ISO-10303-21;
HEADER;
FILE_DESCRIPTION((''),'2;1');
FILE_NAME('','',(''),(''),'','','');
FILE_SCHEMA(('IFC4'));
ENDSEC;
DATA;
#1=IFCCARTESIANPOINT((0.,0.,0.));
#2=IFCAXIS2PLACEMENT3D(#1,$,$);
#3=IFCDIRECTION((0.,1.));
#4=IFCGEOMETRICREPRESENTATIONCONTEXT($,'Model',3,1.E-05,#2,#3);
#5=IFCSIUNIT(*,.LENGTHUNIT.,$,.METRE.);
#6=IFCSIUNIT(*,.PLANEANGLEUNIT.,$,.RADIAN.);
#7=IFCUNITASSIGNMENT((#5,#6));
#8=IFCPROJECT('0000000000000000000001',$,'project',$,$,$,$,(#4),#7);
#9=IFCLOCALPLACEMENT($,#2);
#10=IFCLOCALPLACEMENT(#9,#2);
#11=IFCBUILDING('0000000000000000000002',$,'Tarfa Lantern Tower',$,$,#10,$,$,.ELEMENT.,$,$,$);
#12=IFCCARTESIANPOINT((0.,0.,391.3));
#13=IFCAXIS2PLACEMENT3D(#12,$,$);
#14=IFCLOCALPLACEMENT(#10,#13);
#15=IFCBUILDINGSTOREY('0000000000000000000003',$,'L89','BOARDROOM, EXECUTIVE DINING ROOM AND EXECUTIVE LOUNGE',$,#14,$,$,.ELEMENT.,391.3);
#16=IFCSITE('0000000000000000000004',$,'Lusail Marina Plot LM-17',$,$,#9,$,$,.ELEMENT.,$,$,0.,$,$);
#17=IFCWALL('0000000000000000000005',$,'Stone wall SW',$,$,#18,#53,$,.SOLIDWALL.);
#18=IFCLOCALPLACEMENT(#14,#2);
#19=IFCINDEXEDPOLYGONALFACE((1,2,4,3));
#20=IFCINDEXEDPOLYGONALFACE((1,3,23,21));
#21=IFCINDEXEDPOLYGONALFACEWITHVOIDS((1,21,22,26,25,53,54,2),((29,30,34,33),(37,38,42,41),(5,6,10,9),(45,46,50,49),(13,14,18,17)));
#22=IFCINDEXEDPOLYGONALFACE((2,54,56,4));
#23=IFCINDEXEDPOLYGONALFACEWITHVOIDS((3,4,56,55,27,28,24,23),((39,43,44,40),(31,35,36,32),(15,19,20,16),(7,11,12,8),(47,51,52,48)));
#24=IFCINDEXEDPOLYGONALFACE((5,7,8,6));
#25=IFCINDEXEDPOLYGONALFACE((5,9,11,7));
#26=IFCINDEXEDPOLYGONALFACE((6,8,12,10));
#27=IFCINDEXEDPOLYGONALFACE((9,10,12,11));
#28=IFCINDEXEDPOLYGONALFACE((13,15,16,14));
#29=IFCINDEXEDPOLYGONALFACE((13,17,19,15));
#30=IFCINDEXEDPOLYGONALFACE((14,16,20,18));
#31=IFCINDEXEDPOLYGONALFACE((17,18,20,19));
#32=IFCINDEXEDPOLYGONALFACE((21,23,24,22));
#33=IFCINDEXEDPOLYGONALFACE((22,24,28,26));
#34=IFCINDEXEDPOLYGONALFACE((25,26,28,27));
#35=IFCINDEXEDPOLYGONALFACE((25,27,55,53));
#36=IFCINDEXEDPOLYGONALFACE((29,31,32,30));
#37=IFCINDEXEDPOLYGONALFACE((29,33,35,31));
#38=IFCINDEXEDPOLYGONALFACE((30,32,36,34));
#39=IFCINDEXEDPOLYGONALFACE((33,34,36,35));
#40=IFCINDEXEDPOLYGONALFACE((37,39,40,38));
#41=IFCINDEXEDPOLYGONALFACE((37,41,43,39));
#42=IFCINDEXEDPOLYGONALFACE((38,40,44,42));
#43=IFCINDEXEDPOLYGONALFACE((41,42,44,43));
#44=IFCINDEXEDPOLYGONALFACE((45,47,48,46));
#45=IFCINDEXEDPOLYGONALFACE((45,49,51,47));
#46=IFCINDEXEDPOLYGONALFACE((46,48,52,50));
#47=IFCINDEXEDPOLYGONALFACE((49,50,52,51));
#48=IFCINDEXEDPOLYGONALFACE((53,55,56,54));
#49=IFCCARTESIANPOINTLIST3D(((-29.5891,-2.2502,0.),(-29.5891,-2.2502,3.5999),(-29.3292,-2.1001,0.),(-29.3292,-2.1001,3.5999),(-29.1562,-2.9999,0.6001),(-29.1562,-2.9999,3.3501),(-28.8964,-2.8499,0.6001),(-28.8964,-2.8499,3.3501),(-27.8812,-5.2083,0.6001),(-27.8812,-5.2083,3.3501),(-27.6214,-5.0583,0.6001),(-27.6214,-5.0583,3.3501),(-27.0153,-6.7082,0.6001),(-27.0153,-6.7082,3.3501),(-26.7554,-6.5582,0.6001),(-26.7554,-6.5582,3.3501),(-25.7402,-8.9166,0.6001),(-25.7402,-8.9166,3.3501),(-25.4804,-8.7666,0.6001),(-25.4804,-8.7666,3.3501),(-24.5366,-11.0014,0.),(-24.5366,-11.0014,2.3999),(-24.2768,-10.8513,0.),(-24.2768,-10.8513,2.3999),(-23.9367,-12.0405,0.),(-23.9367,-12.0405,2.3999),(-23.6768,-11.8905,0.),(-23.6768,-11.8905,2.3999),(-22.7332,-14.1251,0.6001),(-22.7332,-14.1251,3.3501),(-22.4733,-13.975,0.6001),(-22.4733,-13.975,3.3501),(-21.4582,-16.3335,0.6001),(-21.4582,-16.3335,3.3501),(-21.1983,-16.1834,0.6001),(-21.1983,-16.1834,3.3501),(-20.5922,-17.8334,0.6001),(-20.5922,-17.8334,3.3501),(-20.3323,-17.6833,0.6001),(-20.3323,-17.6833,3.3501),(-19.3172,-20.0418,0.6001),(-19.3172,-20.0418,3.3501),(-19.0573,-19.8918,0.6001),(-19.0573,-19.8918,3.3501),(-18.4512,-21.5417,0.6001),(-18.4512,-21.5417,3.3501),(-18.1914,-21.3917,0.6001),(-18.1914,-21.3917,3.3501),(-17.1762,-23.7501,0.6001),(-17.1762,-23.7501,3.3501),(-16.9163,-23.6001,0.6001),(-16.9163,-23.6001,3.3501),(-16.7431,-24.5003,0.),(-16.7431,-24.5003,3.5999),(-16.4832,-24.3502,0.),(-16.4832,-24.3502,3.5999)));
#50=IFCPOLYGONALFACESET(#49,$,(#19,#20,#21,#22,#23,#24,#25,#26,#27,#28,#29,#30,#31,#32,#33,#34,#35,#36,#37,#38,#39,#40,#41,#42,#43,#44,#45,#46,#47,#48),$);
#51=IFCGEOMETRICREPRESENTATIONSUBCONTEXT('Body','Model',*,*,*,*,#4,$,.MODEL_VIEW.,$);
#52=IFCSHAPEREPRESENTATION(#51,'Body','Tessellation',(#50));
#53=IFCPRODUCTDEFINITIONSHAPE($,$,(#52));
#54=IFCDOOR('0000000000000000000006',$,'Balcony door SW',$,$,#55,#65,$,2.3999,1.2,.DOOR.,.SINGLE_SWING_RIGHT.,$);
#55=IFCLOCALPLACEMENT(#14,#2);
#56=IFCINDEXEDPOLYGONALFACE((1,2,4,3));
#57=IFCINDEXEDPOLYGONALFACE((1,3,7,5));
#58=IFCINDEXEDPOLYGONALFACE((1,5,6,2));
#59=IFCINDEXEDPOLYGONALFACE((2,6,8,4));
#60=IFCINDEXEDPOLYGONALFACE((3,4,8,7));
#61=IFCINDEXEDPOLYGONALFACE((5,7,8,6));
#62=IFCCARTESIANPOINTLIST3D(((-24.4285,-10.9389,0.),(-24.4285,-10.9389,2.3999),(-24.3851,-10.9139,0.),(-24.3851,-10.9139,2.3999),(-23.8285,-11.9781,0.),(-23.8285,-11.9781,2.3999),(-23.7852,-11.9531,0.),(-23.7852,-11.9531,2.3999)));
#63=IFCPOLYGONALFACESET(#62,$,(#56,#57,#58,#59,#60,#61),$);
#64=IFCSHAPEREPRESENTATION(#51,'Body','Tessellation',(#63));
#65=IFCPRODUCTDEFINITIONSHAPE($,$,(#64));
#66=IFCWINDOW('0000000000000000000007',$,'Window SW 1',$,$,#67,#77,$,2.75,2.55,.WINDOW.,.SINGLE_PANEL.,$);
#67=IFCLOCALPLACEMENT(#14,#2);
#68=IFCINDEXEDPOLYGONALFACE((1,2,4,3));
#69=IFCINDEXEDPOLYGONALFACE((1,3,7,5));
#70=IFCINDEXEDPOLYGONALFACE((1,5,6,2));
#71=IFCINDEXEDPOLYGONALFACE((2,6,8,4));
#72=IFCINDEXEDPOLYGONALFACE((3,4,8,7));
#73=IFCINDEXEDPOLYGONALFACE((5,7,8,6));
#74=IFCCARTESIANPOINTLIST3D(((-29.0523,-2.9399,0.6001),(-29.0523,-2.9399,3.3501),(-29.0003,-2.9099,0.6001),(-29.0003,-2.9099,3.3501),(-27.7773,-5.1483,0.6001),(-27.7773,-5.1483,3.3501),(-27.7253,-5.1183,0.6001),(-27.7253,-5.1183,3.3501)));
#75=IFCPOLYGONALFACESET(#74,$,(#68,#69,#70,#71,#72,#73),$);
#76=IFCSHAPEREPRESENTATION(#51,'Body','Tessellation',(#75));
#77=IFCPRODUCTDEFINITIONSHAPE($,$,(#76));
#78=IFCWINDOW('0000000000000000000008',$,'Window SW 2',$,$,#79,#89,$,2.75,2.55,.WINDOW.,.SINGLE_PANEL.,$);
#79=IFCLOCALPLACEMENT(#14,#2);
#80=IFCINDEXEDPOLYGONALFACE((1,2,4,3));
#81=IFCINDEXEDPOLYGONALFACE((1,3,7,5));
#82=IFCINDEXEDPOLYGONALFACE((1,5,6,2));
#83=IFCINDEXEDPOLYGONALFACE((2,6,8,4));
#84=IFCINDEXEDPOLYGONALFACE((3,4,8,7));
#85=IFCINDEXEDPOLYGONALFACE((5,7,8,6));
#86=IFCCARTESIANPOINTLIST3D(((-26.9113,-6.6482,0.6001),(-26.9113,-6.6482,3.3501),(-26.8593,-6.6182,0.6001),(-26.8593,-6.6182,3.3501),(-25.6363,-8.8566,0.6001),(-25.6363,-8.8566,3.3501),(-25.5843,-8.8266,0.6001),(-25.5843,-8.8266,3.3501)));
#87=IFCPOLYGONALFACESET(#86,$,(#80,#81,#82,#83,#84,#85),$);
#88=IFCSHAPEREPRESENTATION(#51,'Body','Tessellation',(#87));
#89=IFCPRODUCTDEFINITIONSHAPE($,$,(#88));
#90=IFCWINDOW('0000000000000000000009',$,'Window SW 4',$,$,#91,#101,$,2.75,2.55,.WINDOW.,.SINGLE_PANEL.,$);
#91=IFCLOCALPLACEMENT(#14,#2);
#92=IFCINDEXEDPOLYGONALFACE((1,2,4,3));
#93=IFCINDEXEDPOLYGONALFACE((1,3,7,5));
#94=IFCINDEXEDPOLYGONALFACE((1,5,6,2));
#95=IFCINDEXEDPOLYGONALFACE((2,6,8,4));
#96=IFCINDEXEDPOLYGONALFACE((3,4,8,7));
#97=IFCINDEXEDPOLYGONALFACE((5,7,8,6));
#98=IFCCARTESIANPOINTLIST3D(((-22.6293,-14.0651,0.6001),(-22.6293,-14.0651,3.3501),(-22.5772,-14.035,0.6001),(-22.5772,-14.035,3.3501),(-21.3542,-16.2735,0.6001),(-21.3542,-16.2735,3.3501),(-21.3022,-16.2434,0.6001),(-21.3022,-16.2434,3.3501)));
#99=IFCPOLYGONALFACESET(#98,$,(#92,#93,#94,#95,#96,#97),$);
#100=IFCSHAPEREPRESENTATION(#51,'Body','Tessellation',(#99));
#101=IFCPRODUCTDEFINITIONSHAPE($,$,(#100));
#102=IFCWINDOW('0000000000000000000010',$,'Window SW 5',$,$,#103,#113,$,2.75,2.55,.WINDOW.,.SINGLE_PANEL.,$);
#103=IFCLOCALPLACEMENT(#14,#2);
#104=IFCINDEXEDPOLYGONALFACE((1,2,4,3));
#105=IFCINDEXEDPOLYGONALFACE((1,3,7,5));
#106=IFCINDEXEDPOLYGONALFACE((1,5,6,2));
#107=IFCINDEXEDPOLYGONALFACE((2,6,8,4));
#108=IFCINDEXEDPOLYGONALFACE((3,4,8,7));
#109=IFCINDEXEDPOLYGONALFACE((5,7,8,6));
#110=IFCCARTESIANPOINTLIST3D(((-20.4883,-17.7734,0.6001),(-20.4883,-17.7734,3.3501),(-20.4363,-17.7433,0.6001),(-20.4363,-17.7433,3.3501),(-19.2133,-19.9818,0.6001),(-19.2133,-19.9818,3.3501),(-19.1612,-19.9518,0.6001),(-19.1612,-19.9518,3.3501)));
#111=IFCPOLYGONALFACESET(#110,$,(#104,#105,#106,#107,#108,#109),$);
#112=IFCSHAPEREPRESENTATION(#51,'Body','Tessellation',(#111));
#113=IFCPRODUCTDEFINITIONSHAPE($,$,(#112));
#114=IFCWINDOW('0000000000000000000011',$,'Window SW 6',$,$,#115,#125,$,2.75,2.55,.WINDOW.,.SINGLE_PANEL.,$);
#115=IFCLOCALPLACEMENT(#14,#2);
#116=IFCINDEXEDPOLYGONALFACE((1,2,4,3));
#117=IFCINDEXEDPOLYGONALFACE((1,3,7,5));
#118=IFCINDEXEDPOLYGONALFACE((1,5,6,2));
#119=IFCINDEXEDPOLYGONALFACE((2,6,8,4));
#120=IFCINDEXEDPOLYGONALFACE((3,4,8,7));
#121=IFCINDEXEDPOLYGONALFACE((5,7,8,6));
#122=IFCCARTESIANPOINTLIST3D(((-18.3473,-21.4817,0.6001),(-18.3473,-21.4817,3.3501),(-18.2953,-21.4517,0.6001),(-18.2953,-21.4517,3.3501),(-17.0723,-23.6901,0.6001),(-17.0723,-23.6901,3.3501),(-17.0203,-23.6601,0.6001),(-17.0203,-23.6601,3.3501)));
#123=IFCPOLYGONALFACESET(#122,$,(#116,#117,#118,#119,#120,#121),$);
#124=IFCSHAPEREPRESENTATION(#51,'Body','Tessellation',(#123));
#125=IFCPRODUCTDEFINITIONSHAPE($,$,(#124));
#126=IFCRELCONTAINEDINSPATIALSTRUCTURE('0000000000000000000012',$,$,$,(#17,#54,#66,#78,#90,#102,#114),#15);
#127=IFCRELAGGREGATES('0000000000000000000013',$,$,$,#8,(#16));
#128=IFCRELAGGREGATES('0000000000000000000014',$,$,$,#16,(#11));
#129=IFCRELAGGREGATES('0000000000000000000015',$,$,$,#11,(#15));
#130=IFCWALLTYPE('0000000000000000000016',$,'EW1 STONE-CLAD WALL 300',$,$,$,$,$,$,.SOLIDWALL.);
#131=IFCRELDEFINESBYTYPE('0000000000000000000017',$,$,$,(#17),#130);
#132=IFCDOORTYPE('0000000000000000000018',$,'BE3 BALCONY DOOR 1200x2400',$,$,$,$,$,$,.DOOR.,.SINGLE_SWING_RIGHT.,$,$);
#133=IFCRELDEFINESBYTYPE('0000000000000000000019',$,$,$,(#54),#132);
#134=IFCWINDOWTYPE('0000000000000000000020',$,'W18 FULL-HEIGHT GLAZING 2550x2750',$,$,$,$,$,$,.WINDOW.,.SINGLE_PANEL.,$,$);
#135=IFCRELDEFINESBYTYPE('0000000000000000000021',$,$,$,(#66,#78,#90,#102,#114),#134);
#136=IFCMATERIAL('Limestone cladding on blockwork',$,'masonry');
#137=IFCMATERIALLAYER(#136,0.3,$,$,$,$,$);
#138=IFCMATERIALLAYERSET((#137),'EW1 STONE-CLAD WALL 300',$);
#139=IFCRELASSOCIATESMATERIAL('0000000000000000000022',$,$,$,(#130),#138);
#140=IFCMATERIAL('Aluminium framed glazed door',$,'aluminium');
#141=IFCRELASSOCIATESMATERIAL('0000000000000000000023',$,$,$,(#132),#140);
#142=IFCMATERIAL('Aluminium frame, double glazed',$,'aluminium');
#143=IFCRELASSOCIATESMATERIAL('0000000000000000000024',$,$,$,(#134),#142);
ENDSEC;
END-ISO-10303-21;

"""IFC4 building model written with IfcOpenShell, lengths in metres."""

from ifc_helpers import new_model, si_unit, direction, frame, frame_2d, origin, place, context, subcontext, project, spatial, rectangle, extrude, material, layer, layer_set, type_object, element, fill, save


model = new_model("IFC4")

# Units and contexts
model_context = context("Model", 3, precision=1e-05, world=origin(), true_north=direction((0.0, 1.0)))
body_context = subcontext(model_context, "Body", "Model", "MODEL_VIEW")
ifc_project = project(units=[si_unit("LENGTHUNIT", "METRE"), si_unit("PLANEANGLEUNIT", "RADIAN")], contexts=[model_context])

# Site, building, storey
site_placement = place(None, origin())
site = spatial("IfcSite", under=ifc_project, at=site_placement, Name="Lusail Marina Plot LM-17", CompositionType="ELEMENT", RefElevation=0.0)
building_placement = place(site_placement, origin())
building = spatial("IfcBuilding", under=site, at=building_placement, Name="Tarfa Lantern Tower", CompositionType="ELEMENT")
storey_placement = place(building_placement, frame((0.0, 0.0, 391.3)))
storey = spatial("IfcBuildingStorey", under=building, at=storey_placement, Name="L89", Description="BOARDROOM, EXECUTIVE DINING ROOM AND EXECUTIVE LOUNGE", CompositionType="ELEMENT", Elevation=391.3)

# Wall, openings, door, windows
ifc_material_1 = material(Name="Limestone cladding on blockwork", Category="masonry")
ifc_layer_1 = layer(ifc_material_1, 0.3)
ifc_layer_set_1 = layer_set([ifc_layer_1], Name="EW1 STONE-CLAD WALL 300")
wall_type_1 = type_object("IfcWallType", Name="EW1 STONE-CLAD WALL 300", PredefinedType="SOLIDWALL", material=ifc_layer_set_1)
wall_1_placement = place(storey_placement, frame((-29.4592, -2.175, 0.0), z_axis=(0.0, 0.0, 1.0), x_axis=(0.499997, -0.866027, 0.0)))
wall_1 = element("IfcWall", 1, at=wall_1_placement, inside=storey, type_object=wall_type_1, Name="Stone wall SW", PredefinedType="SOLIDWALL", context=body_context, shape_type="SweptSolid", body=[
    extrude(rectangle(XDim=25.6921, YDim=0.3, at=frame_2d((12.8462, 0.0))), origin(), (0.0, 0.0, 1.0), 3.5999),
])
opening_1_placement = place(wall_1_placement, frame((0.866, 0.0, 0.6001)))
opening_1 = element("IfcOpeningElement", 2, at=opening_1_placement, cuts=wall_1, PredefinedType="OPENING", context=body_context, shape_type="SweptSolid", body=[
    extrude(rectangle(XDim=2.55, YDim=2.75, at=frame_2d((1.2749, 1.375))), frame((0.0, 0.1599, 0.0), z_axis=(0.0, -1.0, 0.0), x_axis=(1.0, 0.0, 0.0)), (0.0, 0.0, 1.0), 0.3201),
])
opening_2_placement = place(wall_1_placement, frame((5.1479, 0.0, 0.6001)))
opening_2 = element("IfcOpeningElement", 3, at=opening_2_placement, cuts=wall_1, PredefinedType="OPENING", context=body_context, shape_type="SweptSolid", body=[
    extrude(rectangle(XDim=2.55, YDim=2.75, at=frame_2d((1.2749, 1.375))), frame((0.0, 0.1599, 0.0), z_axis=(0.0, -1.0, 0.0), x_axis=(1.0, 0.0, 0.0)), (0.0, 0.0, 1.0), 0.3201),
])
opening_3_placement = place(wall_1_placement, frame((10.105, 0.0, 0.0)))
opening_3 = element("IfcOpeningElement", 4, at=opening_3_placement, cuts=wall_1, PredefinedType="OPENING", context=body_context, shape_type="SweptSolid", body=[
    extrude(rectangle(XDim=1.2, YDim=2.3999, at=frame_2d((0.6001, 1.2))), frame((0.0, 0.1599, 0.0), z_axis=(0.0, -1.0, 0.0), x_axis=(1.0, 0.0, 0.0)), (0.0, 0.0, 1.0), 0.3201),
])
opening_4_placement = place(wall_1_placement, frame((13.7122, 0.0, 0.6001)))
opening_4 = element("IfcOpeningElement", 5, at=opening_4_placement, cuts=wall_1, PredefinedType="OPENING", context=body_context, shape_type="SweptSolid", body=[
    extrude(rectangle(XDim=2.55, YDim=2.75, at=frame_2d((1.2749, 1.375))), frame((0.0, 0.1599, 0.0), z_axis=(0.0, -1.0, 0.0), x_axis=(1.0, 0.0, 0.0)), (0.0, 0.0, 1.0), 0.3201),
])
opening_5_placement = place(wall_1_placement, frame((17.9941, 0.0, 0.6001)))
opening_5 = element("IfcOpeningElement", 6, at=opening_5_placement, cuts=wall_1, PredefinedType="OPENING", context=body_context, shape_type="SweptSolid", body=[
    extrude(rectangle(XDim=2.55, YDim=2.75, at=frame_2d((1.2749, 1.375))), frame((0.0, 0.1599, 0.0), z_axis=(0.0, -1.0, 0.0), x_axis=(1.0, 0.0, 0.0)), (0.0, 0.0, 1.0), 0.3201),
])
opening_6_placement = place(wall_1_placement, frame((22.2761, 0.0, 0.6001)))
opening_6 = element("IfcOpeningElement", 7, at=opening_6_placement, cuts=wall_1, PredefinedType="OPENING", context=body_context, shape_type="SweptSolid", body=[
    extrude(rectangle(XDim=2.55, YDim=2.75, at=frame_2d((1.2749, 1.375))), frame((0.0, 0.1599, 0.0), z_axis=(0.0, -1.0, 0.0), x_axis=(1.0, 0.0, 0.0)), (0.0, 0.0, 1.0), 0.3201),
])
ifc_material_2 = material(Name="Aluminium framed glazed door", Category="aluminium")
door_type_1 = type_object("IfcDoorType", Name="BE3 BALCONY DOOR 1200x2400", OperationType="SINGLE_SWING_RIGHT", PredefinedType="DOOR", material=ifc_material_2)
door_1_placement = place(opening_3_placement, origin())
door_1 = element("IfcDoor", 8, at=door_1_placement, inside=storey, type_object=door_type_1, Name="Balcony door SW", OperationType="SINGLE_SWING_RIGHT", OverallHeight=2.3999, OverallWidth=1.2, PredefinedType="DOOR", context=body_context, shape_type="SweptSolid", body=[
    extrude(rectangle(XDim=1.2, YDim=2.3999, at=frame_2d((0.6001, 1.2))), frame((0.0, 0.0249, 0.0), z_axis=(0.0, -1.0, 0.0), x_axis=(1.0, 0.0, 0.0)), (0.0, 0.0, 1.0), 0.05),
])
fill(opening_3, door_1)
ifc_material_3 = material(Name="Aluminium frame, double glazed", Category="aluminium")
window_type = type_object("IfcWindowType", Name="W18 FULL-HEIGHT GLAZING 2550x2750", PartitioningType="SINGLE_PANEL", PredefinedType="WINDOW", material=ifc_material_3)
window_1_placement = place(opening_1_placement, origin())
window_1 = element("IfcWindow", 9, at=window_1_placement, inside=storey, type_object=window_type, Name="Window SW 1", OverallHeight=2.75, OverallWidth=2.55, PartitioningType="SINGLE_PANEL", PredefinedType="WINDOW", context=body_context, shape_type="SweptSolid", body=[
    extrude(rectangle(XDim=2.55, YDim=2.75, at=frame_2d((1.2749, 1.375))), frame((0.0, 0.03, 0.0), z_axis=(0.0, -1.0, 0.0), x_axis=(1.0, 0.0, 0.0)), (0.0, 0.0, 1.0), 0.0601),
])
fill(opening_1, window_1)
window_2_placement = place(opening_2_placement, origin())
window_2 = element("IfcWindow", 10, at=window_2_placement, inside=storey, type_object=window_type, Name="Window SW 2", OverallHeight=2.75, OverallWidth=2.55, PartitioningType="SINGLE_PANEL", PredefinedType="WINDOW", context=body_context, shape_type="SweptSolid", body=[
    extrude(rectangle(XDim=2.55, YDim=2.75, at=frame_2d((1.2749, 1.375))), frame((0.0, 0.03, 0.0), z_axis=(0.0, -1.0, 0.0), x_axis=(1.0, 0.0, 0.0)), (0.0, 0.0, 1.0), 0.0601),
])
fill(opening_2, window_2)
window_3_placement = place(opening_4_placement, origin())
window_3 = element("IfcWindow", 11, at=window_3_placement, inside=storey, type_object=window_type, Name="Window SW 4", OverallHeight=2.75, OverallWidth=2.55, PartitioningType="SINGLE_PANEL", PredefinedType="WINDOW", context=body_context, shape_type="SweptSolid", body=[
    extrude(rectangle(XDim=2.55, YDim=2.75, at=frame_2d((1.2749, 1.375))), frame((0.0, 0.03, 0.0), z_axis=(0.0, -1.0, 0.0), x_axis=(1.0, 0.0, 0.0)), (0.0, 0.0, 1.0), 0.0601),
])
fill(opening_4, window_3)
window_4_placement = place(opening_5_placement, origin())
window_4 = element("IfcWindow", 12, at=window_4_placement, inside=storey, type_object=window_type, Name="Window SW 5", OverallHeight=2.75, OverallWidth=2.55, PartitioningType="SINGLE_PANEL", PredefinedType="WINDOW", context=body_context, shape_type="SweptSolid", body=[
    extrude(rectangle(XDim=2.55, YDim=2.75, at=frame_2d((1.2749, 1.375))), frame((0.0, 0.03, 0.0), z_axis=(0.0, -1.0, 0.0), x_axis=(1.0, 0.0, 0.0)), (0.0, 0.0, 1.0), 0.0601),
])
fill(opening_5, window_4)
window_5_placement = place(opening_6_placement, origin())
window_5 = element("IfcWindow", 13, at=window_5_placement, inside=storey, type_object=window_type, Name="Window SW 6", OverallHeight=2.75, OverallWidth=2.55, PartitioningType="SINGLE_PANEL", PredefinedType="WINDOW", context=body_context, shape_type="SweptSolid", body=[
    extrude(rectangle(XDim=2.55, YDim=2.75, at=frame_2d((1.2749, 1.375))), frame((0.0, 0.03, 0.0), z_axis=(0.0, -1.0, 0.0), x_axis=(1.0, 0.0, 0.0)), (0.0, 0.0, 1.0), 0.0601),
])
fill(opening_6, window_5)

save(model, "model.ifc")
